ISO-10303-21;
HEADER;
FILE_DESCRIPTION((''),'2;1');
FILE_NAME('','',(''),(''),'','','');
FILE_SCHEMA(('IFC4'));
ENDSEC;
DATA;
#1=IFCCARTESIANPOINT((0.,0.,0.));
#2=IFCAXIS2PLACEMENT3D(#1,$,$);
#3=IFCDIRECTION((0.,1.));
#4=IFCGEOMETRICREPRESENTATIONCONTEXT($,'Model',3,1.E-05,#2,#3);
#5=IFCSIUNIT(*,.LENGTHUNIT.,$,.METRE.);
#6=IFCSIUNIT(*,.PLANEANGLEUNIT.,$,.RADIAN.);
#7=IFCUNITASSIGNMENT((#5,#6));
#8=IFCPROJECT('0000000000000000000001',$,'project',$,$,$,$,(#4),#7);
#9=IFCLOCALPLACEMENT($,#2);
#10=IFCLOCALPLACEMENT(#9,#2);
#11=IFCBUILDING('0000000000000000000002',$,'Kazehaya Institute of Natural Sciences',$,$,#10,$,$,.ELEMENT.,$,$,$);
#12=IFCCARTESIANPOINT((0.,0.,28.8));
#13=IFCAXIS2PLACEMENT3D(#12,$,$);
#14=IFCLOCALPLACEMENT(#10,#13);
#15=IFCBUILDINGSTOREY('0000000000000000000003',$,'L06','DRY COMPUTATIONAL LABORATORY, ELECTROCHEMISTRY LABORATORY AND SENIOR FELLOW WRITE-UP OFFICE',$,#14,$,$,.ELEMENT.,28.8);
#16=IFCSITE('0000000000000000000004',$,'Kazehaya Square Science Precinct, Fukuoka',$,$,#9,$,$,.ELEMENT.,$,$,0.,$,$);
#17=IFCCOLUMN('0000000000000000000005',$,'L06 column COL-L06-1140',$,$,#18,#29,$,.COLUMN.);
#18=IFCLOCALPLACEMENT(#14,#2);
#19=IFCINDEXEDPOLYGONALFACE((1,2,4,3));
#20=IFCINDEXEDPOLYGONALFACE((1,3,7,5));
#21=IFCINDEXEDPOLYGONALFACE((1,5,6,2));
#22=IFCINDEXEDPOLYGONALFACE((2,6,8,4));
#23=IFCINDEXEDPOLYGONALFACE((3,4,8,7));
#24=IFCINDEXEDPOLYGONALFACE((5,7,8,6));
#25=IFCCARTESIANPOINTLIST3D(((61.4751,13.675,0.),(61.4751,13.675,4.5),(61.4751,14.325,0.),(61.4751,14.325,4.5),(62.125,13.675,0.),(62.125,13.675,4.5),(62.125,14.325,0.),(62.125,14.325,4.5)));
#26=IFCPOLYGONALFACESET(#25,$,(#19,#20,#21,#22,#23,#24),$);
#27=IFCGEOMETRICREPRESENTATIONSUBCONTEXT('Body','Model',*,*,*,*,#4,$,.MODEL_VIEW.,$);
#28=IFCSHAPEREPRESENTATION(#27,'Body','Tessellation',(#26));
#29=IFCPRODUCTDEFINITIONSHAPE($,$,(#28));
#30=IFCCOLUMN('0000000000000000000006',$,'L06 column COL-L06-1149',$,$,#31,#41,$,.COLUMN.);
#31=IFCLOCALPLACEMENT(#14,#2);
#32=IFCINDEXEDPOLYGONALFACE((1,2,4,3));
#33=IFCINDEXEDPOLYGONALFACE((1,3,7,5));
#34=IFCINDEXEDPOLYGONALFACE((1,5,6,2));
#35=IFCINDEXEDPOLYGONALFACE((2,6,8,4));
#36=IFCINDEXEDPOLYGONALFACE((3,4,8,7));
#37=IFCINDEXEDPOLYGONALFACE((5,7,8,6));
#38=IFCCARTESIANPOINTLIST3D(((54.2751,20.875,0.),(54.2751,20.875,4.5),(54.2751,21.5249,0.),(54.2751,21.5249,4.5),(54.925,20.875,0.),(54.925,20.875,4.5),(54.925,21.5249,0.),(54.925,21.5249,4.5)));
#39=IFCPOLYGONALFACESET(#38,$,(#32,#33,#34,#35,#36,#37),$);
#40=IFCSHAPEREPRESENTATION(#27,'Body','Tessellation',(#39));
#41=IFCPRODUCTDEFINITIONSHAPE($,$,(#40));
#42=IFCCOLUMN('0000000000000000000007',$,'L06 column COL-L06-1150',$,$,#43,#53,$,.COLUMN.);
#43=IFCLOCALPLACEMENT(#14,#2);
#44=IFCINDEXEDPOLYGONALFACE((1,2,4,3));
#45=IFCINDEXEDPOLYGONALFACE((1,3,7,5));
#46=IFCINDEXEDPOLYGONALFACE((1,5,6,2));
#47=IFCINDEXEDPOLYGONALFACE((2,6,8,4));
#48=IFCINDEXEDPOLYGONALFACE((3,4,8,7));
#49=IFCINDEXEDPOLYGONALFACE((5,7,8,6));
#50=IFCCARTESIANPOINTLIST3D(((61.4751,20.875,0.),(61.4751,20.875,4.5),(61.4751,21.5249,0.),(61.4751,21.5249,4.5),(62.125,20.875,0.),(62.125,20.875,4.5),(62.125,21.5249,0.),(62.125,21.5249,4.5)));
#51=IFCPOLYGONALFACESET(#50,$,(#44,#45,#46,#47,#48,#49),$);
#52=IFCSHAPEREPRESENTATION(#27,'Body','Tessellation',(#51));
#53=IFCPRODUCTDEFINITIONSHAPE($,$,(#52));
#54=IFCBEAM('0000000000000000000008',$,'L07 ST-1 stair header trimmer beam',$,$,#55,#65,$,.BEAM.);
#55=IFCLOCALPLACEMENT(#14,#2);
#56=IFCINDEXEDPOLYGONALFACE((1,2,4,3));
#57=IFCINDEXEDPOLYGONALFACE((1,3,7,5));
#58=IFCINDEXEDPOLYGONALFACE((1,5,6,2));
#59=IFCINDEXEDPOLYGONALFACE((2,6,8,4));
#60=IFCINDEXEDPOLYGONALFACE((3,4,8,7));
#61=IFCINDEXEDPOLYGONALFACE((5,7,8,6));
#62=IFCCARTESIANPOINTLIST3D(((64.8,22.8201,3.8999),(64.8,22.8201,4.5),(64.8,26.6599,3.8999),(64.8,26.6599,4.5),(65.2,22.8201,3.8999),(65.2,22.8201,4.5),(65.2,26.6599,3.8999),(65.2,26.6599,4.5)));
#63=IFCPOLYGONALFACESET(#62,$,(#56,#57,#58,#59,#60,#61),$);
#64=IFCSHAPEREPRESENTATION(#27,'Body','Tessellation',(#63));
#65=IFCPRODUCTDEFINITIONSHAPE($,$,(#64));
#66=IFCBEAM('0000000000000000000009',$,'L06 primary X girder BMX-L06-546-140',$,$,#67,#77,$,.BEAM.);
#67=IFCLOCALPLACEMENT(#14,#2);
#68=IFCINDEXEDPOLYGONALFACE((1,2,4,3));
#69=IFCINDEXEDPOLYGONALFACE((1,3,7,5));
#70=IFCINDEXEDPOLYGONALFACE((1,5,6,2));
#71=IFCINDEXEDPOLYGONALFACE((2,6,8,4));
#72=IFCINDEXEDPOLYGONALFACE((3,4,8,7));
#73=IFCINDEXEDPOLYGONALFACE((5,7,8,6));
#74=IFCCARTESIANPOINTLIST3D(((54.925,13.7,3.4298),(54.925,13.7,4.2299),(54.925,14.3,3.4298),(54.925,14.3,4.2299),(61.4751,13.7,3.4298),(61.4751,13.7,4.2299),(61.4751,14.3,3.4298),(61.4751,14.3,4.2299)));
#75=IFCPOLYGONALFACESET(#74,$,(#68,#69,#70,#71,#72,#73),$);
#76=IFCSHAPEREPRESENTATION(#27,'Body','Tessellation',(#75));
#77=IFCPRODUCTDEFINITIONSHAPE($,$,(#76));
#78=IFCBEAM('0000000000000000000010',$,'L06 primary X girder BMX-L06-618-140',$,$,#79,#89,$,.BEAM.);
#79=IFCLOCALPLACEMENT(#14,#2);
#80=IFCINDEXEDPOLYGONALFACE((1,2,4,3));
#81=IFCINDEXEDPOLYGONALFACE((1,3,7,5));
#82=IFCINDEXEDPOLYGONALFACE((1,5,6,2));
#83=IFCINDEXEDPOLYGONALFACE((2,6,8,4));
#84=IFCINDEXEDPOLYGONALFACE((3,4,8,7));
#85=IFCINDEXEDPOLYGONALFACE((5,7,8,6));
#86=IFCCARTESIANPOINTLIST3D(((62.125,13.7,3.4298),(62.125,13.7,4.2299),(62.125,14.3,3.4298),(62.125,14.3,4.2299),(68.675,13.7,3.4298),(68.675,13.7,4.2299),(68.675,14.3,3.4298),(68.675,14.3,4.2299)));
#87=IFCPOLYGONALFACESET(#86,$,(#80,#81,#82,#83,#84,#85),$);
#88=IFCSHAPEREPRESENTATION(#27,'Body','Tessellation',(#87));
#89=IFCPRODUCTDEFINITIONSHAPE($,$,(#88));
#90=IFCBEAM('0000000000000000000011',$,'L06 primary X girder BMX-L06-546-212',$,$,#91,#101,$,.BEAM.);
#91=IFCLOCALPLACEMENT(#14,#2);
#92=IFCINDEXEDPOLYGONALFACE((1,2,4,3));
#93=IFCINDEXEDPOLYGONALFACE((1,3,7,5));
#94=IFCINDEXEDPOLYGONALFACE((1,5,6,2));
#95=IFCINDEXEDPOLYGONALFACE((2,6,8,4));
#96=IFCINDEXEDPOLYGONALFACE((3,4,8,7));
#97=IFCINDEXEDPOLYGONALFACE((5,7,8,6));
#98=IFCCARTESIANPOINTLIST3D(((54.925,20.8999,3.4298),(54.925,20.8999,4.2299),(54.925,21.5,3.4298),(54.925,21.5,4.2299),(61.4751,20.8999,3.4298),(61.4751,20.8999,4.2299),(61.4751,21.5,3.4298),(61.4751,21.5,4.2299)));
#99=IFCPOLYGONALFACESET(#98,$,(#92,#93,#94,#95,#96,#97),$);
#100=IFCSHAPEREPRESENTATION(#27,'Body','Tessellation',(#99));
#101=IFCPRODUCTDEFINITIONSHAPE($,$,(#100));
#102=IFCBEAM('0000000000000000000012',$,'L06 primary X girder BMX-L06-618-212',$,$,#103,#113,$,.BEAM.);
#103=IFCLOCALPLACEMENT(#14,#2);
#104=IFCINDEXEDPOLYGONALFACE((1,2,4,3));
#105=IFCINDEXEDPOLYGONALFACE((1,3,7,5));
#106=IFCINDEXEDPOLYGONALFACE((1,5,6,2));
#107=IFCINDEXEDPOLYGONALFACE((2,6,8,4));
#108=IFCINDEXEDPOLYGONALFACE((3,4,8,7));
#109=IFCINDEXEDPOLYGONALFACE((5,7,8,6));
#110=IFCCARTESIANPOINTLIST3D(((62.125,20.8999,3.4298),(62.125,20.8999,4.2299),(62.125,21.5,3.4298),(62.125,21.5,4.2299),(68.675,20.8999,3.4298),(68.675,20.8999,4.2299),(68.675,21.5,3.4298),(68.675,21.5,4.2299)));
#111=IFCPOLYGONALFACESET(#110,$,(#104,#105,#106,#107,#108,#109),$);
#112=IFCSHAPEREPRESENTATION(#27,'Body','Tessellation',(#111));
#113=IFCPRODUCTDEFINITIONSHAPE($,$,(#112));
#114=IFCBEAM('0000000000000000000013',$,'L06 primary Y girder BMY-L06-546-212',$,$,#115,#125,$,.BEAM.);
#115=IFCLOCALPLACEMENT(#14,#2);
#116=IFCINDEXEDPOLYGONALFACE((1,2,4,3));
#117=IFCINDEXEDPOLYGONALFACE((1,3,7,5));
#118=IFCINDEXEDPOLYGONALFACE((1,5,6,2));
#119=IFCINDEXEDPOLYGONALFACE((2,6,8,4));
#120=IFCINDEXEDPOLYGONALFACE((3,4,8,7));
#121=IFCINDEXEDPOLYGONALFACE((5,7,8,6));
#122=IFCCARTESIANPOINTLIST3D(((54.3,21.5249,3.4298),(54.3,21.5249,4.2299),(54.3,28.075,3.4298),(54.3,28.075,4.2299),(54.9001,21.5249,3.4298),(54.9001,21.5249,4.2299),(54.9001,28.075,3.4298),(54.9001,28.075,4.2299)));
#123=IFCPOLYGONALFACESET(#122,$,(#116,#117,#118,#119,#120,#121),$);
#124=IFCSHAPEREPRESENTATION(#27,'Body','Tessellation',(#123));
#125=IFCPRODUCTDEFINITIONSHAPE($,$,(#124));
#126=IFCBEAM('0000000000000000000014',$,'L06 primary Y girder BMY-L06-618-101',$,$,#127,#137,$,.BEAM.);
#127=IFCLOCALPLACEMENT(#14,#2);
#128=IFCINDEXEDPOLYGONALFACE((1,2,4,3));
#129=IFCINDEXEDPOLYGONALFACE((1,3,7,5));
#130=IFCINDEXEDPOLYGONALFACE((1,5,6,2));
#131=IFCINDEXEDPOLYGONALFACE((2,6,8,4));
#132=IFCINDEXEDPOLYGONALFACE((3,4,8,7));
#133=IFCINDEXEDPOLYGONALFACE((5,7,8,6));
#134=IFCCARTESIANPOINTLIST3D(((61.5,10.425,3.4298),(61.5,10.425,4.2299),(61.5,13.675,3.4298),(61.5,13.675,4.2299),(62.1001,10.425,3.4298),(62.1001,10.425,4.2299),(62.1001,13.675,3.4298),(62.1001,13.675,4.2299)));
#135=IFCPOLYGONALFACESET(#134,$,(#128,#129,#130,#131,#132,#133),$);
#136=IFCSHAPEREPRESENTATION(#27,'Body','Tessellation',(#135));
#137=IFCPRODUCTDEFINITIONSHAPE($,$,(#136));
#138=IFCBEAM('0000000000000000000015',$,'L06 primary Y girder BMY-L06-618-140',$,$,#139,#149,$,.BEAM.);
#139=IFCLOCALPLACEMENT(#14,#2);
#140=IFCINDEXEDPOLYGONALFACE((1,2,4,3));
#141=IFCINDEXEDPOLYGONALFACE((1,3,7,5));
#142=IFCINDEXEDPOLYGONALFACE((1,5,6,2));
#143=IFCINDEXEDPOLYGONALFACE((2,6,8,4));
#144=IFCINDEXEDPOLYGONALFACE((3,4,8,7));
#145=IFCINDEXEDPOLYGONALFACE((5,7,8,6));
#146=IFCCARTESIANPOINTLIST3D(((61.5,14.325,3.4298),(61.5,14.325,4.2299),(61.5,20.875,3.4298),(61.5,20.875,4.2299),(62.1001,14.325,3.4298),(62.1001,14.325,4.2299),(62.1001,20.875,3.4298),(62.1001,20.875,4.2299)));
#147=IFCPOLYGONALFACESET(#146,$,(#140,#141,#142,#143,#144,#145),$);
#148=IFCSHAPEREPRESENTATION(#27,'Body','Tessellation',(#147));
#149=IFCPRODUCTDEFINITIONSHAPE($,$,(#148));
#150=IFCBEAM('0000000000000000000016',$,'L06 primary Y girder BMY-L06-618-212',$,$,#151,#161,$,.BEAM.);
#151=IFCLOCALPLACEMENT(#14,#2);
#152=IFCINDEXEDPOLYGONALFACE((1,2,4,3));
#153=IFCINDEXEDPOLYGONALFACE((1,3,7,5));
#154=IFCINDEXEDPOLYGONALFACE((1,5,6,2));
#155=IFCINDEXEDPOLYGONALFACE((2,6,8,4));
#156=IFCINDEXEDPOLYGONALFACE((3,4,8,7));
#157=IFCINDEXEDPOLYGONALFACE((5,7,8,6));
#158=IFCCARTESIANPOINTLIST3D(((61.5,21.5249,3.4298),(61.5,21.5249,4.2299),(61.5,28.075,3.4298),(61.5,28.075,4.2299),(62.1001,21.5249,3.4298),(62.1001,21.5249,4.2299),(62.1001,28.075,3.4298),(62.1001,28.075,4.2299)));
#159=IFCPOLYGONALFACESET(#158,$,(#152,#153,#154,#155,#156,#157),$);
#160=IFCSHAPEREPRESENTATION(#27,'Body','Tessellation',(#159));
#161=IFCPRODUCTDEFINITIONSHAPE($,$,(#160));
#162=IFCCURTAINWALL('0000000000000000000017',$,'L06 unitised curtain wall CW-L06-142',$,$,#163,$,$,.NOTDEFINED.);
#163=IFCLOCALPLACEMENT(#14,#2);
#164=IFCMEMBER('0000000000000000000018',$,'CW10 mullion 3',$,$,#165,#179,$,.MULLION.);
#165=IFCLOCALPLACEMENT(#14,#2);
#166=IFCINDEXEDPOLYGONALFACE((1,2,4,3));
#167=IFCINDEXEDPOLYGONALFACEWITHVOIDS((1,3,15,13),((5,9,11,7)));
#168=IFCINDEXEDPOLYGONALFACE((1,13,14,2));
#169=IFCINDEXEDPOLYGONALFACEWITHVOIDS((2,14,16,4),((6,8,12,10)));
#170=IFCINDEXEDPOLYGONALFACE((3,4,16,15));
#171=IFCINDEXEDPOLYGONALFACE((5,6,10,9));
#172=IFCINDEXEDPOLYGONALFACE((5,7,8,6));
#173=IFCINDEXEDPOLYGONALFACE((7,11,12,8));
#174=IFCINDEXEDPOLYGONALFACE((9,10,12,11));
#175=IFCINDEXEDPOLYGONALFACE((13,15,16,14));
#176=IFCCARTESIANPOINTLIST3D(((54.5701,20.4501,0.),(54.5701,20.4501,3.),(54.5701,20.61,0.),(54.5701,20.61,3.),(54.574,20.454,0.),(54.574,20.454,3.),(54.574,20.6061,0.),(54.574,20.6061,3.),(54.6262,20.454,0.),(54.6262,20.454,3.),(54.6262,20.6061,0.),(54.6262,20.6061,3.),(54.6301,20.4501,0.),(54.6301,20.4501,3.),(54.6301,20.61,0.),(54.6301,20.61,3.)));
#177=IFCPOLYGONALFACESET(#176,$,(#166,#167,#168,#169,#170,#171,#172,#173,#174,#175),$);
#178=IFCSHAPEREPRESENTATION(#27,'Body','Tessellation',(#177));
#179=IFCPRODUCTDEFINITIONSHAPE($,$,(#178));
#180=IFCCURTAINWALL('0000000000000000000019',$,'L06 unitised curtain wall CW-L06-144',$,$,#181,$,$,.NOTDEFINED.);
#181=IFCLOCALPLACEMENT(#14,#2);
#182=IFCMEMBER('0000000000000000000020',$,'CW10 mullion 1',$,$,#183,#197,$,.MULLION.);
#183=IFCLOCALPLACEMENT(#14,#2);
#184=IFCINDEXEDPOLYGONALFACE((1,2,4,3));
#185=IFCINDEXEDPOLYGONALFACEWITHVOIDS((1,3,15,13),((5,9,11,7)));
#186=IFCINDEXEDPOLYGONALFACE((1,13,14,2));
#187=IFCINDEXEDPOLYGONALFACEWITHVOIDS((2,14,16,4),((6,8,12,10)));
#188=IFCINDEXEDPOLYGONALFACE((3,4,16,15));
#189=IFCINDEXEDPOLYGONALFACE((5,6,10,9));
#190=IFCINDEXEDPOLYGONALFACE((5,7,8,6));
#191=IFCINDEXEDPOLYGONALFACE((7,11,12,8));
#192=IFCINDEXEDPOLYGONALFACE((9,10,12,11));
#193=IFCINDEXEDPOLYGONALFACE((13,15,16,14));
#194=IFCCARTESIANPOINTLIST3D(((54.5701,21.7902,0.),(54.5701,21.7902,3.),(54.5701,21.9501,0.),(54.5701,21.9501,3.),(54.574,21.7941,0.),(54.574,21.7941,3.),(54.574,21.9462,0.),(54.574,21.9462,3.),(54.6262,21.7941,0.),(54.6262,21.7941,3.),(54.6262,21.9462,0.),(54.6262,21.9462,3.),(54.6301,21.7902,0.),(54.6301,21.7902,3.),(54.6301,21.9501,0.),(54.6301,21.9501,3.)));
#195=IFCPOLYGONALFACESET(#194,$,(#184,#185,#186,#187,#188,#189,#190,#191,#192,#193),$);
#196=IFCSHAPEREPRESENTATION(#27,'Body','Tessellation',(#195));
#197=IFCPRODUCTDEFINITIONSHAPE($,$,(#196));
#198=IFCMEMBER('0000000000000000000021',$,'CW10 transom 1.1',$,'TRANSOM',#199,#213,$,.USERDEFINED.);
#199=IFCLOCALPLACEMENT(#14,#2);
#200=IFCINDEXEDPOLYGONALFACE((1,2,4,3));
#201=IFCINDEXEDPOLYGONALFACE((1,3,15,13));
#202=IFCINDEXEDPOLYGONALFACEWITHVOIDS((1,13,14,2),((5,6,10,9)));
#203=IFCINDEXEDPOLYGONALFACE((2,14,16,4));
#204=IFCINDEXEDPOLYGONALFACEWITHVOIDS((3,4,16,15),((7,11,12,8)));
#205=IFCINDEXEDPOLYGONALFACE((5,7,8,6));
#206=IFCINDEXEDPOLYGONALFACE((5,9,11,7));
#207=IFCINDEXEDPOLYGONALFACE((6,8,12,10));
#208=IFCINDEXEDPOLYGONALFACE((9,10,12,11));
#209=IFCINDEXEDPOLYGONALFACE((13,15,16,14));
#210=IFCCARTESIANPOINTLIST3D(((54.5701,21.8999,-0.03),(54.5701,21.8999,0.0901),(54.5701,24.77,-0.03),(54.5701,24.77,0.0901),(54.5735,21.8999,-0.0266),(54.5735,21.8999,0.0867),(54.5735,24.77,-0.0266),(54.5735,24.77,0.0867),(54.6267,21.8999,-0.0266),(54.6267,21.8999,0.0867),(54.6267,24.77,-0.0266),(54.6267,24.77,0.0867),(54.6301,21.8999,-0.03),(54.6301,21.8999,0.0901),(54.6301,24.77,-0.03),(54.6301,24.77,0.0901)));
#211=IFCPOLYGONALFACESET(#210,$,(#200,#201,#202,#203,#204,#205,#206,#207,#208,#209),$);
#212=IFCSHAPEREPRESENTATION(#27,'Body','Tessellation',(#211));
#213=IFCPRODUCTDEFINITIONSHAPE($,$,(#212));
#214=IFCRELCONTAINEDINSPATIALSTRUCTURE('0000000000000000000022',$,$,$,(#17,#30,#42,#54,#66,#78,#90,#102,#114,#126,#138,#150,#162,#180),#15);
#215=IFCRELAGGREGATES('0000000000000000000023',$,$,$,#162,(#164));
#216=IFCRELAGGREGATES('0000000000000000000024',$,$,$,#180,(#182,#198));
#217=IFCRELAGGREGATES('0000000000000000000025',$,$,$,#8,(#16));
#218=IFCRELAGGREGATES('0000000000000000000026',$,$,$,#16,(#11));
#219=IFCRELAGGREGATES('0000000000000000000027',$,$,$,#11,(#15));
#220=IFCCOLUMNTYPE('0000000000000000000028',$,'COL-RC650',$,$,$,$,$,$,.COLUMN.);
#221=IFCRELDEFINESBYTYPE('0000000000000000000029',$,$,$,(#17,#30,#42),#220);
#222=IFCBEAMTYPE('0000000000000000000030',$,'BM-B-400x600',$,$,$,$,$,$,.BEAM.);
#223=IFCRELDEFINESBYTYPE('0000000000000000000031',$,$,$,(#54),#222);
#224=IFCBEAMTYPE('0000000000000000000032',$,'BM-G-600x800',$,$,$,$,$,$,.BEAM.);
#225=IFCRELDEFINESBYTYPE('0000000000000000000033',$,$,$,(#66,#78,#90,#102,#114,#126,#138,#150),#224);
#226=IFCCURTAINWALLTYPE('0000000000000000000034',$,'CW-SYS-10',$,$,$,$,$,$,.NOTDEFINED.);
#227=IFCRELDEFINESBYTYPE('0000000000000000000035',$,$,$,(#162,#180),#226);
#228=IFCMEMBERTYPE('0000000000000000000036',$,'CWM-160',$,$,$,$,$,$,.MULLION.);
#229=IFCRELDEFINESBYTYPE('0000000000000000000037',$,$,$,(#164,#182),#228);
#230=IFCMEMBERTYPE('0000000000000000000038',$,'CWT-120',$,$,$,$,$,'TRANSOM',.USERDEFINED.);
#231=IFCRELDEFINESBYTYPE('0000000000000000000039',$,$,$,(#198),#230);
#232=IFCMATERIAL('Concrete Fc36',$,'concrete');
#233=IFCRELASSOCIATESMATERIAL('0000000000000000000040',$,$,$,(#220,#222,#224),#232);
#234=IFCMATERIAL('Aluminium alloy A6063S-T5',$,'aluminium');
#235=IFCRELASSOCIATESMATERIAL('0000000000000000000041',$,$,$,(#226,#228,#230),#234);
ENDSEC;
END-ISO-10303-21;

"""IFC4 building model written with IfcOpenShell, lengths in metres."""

from ifc_helpers import new_model, si_unit, direction, frame, origin, origin_2d, place, context, subcontext, project, spatial, rectangle, hollow_rectangle, extrude, material, material_profile, profile_set, type_object, element, aggregate, save


model = new_model("IFC4")

# Units and contexts
model_context = context("Model", 3, precision=1e-05, world=origin(), true_north=direction((0.0, 1.0)))
body_context = subcontext(model_context, "Body", "Model", "MODEL_VIEW")
ifc_project = project(units=[si_unit("LENGTHUNIT", "METRE"), si_unit("PLANEANGLEUNIT", "RADIAN")], contexts=[model_context])

# Site, building, storey
site_placement = place(None, origin())
site = spatial("IfcSite", under=ifc_project, at=site_placement, Name="Kazehaya Square Science Precinct, Fukuoka", CompositionType="ELEMENT", RefElevation=0.0)
building_placement = place(site_placement, origin())
building = spatial("IfcBuilding", under=site, at=building_placement, Name="Kazehaya Institute of Natural Sciences", CompositionType="ELEMENT")
storey_placement = place(building_placement, frame((0.0, 0.0, 28.8)))
storey = spatial("IfcBuildingStorey", under=building, at=storey_placement, Name="L06", Description="DRY COMPUTATIONAL LABORATORY, ELECTROCHEMISTRY LABORATORY AND SENIOR FELLOW WRITE-UP OFFICE", CompositionType="ELEMENT", Elevation=28.8)

# Columns
ifc_material_1 = material(Name="Concrete Fc36", Category="concrete")
ifc_material_profile_1 = material_profile(ifc_material_1, rectangle(XDim=0.6499, YDim=0.6499, at=origin_2d()), Name="RC-650x650")
ifc_profile_set_1 = profile_set([ifc_material_profile_1], Name="Concrete Fc36")
column_type = type_object("IfcColumnType", Name="COL-RC650", PredefinedType="COLUMN", material=ifc_profile_set_1)
for number, where, z_axis, x_axis, name in (
    (1, (61.8, 14.0, 0.0), (0.0, 0.0, 1.0), (1.0, 0.0, 0.0), "L06 column COL-L06-1140"),
    (2, (54.6001, 21.2, 0.0), (0.0, 0.0, 1.0), (1.0, 0.0, 0.0), "L06 column COL-L06-1149"),
    (3, (61.8, 21.2, 0.0), (0.0, 0.0, 1.0), (1.0, 0.0, 0.0), "L06 column COL-L06-1150"),
):
    element("IfcColumn", number, at=place(storey_placement, frame(where, z_axis=z_axis, x_axis=x_axis)), inside=storey, type_object=column_type, Name=name, PredefinedType="COLUMN", context=body_context, shape_type="SweptSolid", body=[
        extrude(rectangle(XDim=0.6499, YDim=0.6499, at=origin_2d()), origin(), (0.0, 0.0, 1.0), 4.5),
    ])

# Beams
ifc_material_profile_2 = material_profile(ifc_material_1, rectangle(XDim=0.3999, YDim=0.6001, at=origin_2d()), Name="RC-400x600")
ifc_profile_set_2 = profile_set([ifc_material_profile_2], Name="Concrete Fc36")
beam_type_1 = type_object("IfcBeamType", Name="BM-B-400x600", PredefinedType="BEAM", material=ifc_profile_set_2)
beam_1_placement = place(storey_placement, frame((65.0, 22.8201, 4.2), z_axis=(0.0, 1.0, 0.0), x_axis=(-1.0, 0.0, 0.0)))
element("IfcBeam", 4, at=beam_1_placement, inside=storey, type_object=beam_type_1, Name="L07 ST-1 stair header trimmer beam", PredefinedType="BEAM", context=body_context, shape_type="SweptSolid", body=[
    extrude(rectangle(XDim=0.3999, YDim=0.6001, at=origin_2d()), origin(), (0.0, 0.0, 1.0), 3.8398),
])
ifc_material_profile_3 = material_profile(ifc_material_1, rectangle(XDim=0.6001, YDim=0.8, at=origin_2d()), Name="RC-600x800")
ifc_profile_set_3 = profile_set([ifc_material_profile_3], Name="Concrete Fc36")
beam_type_2 = type_object("IfcBeamType", Name="BM-G-600x800", PredefinedType="BEAM", material=ifc_profile_set_3)
for number, where, z_axis, x_axis, name in (
    (5, (54.925, 14.0, 3.8298), (1.0, 0.0, 0.0), (0.0, 1.0, 0.0), "L06 primary X girder BMX-L06-546-140"),
    (6, (62.125, 14.0, 3.8298), (1.0, 0.0, 0.0), (0.0, 1.0, 0.0), "L06 primary X girder BMX-L06-618-140"),
    (7, (54.925, 21.2, 3.8298), (1.0, 0.0, 0.0), (0.0, 1.0, 0.0), "L06 primary X girder BMX-L06-546-212"),
    (8, (62.125, 21.2, 3.8298), (1.0, 0.0, 0.0), (0.0, 1.0, 0.0), "L06 primary X girder BMX-L06-618-212"),
    (9, (54.6001, 21.5249, 3.8298), (0.0, 1.0, 0.0), (-1.0, 0.0, 0.0), "L06 primary Y girder BMY-L06-546-212"),
):
    element("IfcBeam", number, at=place(storey_placement, frame(where, z_axis=z_axis, x_axis=x_axis)), inside=storey, type_object=beam_type_2, Name=name, PredefinedType="BEAM", context=body_context, shape_type="SweptSolid", body=[
        extrude(rectangle(XDim=0.6001, YDim=0.8, at=origin_2d()), origin(), (0.0, 0.0, 1.0), 6.55),
    ])
beam_2_placement = place(storey_placement, frame((61.8, 10.425, 3.8298), z_axis=(0.0, 1.0, 0.0), x_axis=(-1.0, 0.0, 0.0)))
element("IfcBeam", 10, at=beam_2_placement, inside=storey, type_object=beam_type_2, Name="L06 primary Y girder BMY-L06-618-101", PredefinedType="BEAM", context=body_context, shape_type="SweptSolid", body=[
    extrude(rectangle(XDim=0.6001, YDim=0.8, at=origin_2d()), origin(), (0.0, 0.0, 1.0), 3.25),
])
for number, where, z_axis, x_axis, name in (
    (11, (61.8, 14.325, 3.8298), (0.0, 1.0, 0.0), (-1.0, 0.0, 0.0), "L06 primary Y girder BMY-L06-618-140"),
    (12, (61.8, 21.5249, 3.8298), (0.0, 1.0, 0.0), (-1.0, 0.0, 0.0), "L06 primary Y girder BMY-L06-618-212"),
):
    element("IfcBeam", number, at=place(storey_placement, frame(where, z_axis=z_axis, x_axis=x_axis)), inside=storey, type_object=beam_type_2, Name=name, PredefinedType="BEAM", context=body_context, shape_type="SweptSolid", body=[
        extrude(rectangle(XDim=0.6001, YDim=0.8, at=origin_2d()), origin(), (0.0, 0.0, 1.0), 6.55),
    ])

# Curtain wall, member
ifc_material_2 = material(Name="Aluminium alloy A6063S-T5", Category="aluminium")
curtain_wall_type = type_object("IfcCurtainWallType", Name="CW-SYS-10", PredefinedType="NOTDEFINED", material=ifc_material_2)
curtain_wall_1_placement = place(storey_placement, origin())
curtain_wall_1 = element("IfcCurtainWall", 13, at=curtain_wall_1_placement, inside=storey, type_object=curtain_wall_type, Name="L06 unitised curtain wall CW-L06-142", PredefinedType="NOTDEFINED")
ifc_material_profile_4 = material_profile(ifc_material_2, hollow_rectangle(XDim=0.0601, YDim=0.1599, WallThickness=0.0039, at=origin_2d()), Name="ALU-60x160x4")
ifc_profile_set_4 = profile_set([ifc_material_profile_4], Name="Aluminium alloy A6063S-T5")
member_type_1 = type_object("IfcMemberType", Name="CWM-160", PredefinedType="MULLION", material=ifc_profile_set_4)
member_1_placement = place(storey_placement, frame((54.6001, 20.53, 0.0), z_axis=(0.0, 0.0, 1.0), x_axis=(-1.0, 0.0, 0.0)))
member_1 = element("IfcMember", 14, at=member_1_placement, type_object=member_type_1, Name="CW10 mullion 3", PredefinedType="MULLION", context=body_context, shape_type="SweptSolid", body=[
    extrude(hollow_rectangle(XDim=0.0601, YDim=0.1599, WallThickness=0.0039, at=origin_2d()), origin(), (0.0, 0.0, 1.0), 3.0),
])

# Curtain wall, members
curtain_wall_2_placement = place(storey_placement, origin())
curtain_wall_2 = element("IfcCurtainWall", 15, at=curtain_wall_2_placement, inside=storey, type_object=curtain_wall_type, Name="L06 unitised curtain wall CW-L06-144", PredefinedType="NOTDEFINED")
member_2_placement = place(storey_placement, frame((54.6001, 21.8701, 0.0), z_axis=(0.0, 0.0, 1.0), x_axis=(-1.0, 0.0, 0.0)))
member_2 = element("IfcMember", 16, at=member_2_placement, type_object=member_type_1, Name="CW10 mullion 1", PredefinedType="MULLION", context=body_context, shape_type="SweptSolid", body=[
    extrude(hollow_rectangle(XDim=0.0601, YDim=0.1599, WallThickness=0.0039, at=origin_2d()), origin(), (0.0, 0.0, 1.0), 3.0),
])
ifc_material_profile_5 = material_profile(ifc_material_2, hollow_rectangle(XDim=0.0601, YDim=0.1201, WallThickness=0.0034, at=origin_2d()), Name="ALU-60x120x3.5")
ifc_profile_set_5 = profile_set([ifc_material_profile_5], Name="Aluminium alloy A6063S-T5")
member_type_2 = type_object("IfcMemberType", Name="CWT-120", ElementType="TRANSOM", PredefinedType="USERDEFINED", material=ifc_profile_set_5)
member_3_placement = place(storey_placement, frame((54.6001, 21.8999, 0.03), z_axis=(0.0, 1.0, 0.0), x_axis=(-1.0, 0.0, 0.0)))
member_3 = element("IfcMember", 17, at=member_3_placement, type_object=member_type_2, Name="CW10 transom 1.1", ObjectType="TRANSOM", PredefinedType="USERDEFINED", context=body_context, shape_type="SweptSolid", body=[
    extrude(hollow_rectangle(XDim=0.0601, YDim=0.1201, WallThickness=0.0034, at=origin_2d()), origin(), (0.0, 0.0, 1.0), 2.8701),
])

aggregate(curtain_wall_1, [member_1])
aggregate(curtain_wall_2, [member_2, member_3])

save(model, "model.ifc")
